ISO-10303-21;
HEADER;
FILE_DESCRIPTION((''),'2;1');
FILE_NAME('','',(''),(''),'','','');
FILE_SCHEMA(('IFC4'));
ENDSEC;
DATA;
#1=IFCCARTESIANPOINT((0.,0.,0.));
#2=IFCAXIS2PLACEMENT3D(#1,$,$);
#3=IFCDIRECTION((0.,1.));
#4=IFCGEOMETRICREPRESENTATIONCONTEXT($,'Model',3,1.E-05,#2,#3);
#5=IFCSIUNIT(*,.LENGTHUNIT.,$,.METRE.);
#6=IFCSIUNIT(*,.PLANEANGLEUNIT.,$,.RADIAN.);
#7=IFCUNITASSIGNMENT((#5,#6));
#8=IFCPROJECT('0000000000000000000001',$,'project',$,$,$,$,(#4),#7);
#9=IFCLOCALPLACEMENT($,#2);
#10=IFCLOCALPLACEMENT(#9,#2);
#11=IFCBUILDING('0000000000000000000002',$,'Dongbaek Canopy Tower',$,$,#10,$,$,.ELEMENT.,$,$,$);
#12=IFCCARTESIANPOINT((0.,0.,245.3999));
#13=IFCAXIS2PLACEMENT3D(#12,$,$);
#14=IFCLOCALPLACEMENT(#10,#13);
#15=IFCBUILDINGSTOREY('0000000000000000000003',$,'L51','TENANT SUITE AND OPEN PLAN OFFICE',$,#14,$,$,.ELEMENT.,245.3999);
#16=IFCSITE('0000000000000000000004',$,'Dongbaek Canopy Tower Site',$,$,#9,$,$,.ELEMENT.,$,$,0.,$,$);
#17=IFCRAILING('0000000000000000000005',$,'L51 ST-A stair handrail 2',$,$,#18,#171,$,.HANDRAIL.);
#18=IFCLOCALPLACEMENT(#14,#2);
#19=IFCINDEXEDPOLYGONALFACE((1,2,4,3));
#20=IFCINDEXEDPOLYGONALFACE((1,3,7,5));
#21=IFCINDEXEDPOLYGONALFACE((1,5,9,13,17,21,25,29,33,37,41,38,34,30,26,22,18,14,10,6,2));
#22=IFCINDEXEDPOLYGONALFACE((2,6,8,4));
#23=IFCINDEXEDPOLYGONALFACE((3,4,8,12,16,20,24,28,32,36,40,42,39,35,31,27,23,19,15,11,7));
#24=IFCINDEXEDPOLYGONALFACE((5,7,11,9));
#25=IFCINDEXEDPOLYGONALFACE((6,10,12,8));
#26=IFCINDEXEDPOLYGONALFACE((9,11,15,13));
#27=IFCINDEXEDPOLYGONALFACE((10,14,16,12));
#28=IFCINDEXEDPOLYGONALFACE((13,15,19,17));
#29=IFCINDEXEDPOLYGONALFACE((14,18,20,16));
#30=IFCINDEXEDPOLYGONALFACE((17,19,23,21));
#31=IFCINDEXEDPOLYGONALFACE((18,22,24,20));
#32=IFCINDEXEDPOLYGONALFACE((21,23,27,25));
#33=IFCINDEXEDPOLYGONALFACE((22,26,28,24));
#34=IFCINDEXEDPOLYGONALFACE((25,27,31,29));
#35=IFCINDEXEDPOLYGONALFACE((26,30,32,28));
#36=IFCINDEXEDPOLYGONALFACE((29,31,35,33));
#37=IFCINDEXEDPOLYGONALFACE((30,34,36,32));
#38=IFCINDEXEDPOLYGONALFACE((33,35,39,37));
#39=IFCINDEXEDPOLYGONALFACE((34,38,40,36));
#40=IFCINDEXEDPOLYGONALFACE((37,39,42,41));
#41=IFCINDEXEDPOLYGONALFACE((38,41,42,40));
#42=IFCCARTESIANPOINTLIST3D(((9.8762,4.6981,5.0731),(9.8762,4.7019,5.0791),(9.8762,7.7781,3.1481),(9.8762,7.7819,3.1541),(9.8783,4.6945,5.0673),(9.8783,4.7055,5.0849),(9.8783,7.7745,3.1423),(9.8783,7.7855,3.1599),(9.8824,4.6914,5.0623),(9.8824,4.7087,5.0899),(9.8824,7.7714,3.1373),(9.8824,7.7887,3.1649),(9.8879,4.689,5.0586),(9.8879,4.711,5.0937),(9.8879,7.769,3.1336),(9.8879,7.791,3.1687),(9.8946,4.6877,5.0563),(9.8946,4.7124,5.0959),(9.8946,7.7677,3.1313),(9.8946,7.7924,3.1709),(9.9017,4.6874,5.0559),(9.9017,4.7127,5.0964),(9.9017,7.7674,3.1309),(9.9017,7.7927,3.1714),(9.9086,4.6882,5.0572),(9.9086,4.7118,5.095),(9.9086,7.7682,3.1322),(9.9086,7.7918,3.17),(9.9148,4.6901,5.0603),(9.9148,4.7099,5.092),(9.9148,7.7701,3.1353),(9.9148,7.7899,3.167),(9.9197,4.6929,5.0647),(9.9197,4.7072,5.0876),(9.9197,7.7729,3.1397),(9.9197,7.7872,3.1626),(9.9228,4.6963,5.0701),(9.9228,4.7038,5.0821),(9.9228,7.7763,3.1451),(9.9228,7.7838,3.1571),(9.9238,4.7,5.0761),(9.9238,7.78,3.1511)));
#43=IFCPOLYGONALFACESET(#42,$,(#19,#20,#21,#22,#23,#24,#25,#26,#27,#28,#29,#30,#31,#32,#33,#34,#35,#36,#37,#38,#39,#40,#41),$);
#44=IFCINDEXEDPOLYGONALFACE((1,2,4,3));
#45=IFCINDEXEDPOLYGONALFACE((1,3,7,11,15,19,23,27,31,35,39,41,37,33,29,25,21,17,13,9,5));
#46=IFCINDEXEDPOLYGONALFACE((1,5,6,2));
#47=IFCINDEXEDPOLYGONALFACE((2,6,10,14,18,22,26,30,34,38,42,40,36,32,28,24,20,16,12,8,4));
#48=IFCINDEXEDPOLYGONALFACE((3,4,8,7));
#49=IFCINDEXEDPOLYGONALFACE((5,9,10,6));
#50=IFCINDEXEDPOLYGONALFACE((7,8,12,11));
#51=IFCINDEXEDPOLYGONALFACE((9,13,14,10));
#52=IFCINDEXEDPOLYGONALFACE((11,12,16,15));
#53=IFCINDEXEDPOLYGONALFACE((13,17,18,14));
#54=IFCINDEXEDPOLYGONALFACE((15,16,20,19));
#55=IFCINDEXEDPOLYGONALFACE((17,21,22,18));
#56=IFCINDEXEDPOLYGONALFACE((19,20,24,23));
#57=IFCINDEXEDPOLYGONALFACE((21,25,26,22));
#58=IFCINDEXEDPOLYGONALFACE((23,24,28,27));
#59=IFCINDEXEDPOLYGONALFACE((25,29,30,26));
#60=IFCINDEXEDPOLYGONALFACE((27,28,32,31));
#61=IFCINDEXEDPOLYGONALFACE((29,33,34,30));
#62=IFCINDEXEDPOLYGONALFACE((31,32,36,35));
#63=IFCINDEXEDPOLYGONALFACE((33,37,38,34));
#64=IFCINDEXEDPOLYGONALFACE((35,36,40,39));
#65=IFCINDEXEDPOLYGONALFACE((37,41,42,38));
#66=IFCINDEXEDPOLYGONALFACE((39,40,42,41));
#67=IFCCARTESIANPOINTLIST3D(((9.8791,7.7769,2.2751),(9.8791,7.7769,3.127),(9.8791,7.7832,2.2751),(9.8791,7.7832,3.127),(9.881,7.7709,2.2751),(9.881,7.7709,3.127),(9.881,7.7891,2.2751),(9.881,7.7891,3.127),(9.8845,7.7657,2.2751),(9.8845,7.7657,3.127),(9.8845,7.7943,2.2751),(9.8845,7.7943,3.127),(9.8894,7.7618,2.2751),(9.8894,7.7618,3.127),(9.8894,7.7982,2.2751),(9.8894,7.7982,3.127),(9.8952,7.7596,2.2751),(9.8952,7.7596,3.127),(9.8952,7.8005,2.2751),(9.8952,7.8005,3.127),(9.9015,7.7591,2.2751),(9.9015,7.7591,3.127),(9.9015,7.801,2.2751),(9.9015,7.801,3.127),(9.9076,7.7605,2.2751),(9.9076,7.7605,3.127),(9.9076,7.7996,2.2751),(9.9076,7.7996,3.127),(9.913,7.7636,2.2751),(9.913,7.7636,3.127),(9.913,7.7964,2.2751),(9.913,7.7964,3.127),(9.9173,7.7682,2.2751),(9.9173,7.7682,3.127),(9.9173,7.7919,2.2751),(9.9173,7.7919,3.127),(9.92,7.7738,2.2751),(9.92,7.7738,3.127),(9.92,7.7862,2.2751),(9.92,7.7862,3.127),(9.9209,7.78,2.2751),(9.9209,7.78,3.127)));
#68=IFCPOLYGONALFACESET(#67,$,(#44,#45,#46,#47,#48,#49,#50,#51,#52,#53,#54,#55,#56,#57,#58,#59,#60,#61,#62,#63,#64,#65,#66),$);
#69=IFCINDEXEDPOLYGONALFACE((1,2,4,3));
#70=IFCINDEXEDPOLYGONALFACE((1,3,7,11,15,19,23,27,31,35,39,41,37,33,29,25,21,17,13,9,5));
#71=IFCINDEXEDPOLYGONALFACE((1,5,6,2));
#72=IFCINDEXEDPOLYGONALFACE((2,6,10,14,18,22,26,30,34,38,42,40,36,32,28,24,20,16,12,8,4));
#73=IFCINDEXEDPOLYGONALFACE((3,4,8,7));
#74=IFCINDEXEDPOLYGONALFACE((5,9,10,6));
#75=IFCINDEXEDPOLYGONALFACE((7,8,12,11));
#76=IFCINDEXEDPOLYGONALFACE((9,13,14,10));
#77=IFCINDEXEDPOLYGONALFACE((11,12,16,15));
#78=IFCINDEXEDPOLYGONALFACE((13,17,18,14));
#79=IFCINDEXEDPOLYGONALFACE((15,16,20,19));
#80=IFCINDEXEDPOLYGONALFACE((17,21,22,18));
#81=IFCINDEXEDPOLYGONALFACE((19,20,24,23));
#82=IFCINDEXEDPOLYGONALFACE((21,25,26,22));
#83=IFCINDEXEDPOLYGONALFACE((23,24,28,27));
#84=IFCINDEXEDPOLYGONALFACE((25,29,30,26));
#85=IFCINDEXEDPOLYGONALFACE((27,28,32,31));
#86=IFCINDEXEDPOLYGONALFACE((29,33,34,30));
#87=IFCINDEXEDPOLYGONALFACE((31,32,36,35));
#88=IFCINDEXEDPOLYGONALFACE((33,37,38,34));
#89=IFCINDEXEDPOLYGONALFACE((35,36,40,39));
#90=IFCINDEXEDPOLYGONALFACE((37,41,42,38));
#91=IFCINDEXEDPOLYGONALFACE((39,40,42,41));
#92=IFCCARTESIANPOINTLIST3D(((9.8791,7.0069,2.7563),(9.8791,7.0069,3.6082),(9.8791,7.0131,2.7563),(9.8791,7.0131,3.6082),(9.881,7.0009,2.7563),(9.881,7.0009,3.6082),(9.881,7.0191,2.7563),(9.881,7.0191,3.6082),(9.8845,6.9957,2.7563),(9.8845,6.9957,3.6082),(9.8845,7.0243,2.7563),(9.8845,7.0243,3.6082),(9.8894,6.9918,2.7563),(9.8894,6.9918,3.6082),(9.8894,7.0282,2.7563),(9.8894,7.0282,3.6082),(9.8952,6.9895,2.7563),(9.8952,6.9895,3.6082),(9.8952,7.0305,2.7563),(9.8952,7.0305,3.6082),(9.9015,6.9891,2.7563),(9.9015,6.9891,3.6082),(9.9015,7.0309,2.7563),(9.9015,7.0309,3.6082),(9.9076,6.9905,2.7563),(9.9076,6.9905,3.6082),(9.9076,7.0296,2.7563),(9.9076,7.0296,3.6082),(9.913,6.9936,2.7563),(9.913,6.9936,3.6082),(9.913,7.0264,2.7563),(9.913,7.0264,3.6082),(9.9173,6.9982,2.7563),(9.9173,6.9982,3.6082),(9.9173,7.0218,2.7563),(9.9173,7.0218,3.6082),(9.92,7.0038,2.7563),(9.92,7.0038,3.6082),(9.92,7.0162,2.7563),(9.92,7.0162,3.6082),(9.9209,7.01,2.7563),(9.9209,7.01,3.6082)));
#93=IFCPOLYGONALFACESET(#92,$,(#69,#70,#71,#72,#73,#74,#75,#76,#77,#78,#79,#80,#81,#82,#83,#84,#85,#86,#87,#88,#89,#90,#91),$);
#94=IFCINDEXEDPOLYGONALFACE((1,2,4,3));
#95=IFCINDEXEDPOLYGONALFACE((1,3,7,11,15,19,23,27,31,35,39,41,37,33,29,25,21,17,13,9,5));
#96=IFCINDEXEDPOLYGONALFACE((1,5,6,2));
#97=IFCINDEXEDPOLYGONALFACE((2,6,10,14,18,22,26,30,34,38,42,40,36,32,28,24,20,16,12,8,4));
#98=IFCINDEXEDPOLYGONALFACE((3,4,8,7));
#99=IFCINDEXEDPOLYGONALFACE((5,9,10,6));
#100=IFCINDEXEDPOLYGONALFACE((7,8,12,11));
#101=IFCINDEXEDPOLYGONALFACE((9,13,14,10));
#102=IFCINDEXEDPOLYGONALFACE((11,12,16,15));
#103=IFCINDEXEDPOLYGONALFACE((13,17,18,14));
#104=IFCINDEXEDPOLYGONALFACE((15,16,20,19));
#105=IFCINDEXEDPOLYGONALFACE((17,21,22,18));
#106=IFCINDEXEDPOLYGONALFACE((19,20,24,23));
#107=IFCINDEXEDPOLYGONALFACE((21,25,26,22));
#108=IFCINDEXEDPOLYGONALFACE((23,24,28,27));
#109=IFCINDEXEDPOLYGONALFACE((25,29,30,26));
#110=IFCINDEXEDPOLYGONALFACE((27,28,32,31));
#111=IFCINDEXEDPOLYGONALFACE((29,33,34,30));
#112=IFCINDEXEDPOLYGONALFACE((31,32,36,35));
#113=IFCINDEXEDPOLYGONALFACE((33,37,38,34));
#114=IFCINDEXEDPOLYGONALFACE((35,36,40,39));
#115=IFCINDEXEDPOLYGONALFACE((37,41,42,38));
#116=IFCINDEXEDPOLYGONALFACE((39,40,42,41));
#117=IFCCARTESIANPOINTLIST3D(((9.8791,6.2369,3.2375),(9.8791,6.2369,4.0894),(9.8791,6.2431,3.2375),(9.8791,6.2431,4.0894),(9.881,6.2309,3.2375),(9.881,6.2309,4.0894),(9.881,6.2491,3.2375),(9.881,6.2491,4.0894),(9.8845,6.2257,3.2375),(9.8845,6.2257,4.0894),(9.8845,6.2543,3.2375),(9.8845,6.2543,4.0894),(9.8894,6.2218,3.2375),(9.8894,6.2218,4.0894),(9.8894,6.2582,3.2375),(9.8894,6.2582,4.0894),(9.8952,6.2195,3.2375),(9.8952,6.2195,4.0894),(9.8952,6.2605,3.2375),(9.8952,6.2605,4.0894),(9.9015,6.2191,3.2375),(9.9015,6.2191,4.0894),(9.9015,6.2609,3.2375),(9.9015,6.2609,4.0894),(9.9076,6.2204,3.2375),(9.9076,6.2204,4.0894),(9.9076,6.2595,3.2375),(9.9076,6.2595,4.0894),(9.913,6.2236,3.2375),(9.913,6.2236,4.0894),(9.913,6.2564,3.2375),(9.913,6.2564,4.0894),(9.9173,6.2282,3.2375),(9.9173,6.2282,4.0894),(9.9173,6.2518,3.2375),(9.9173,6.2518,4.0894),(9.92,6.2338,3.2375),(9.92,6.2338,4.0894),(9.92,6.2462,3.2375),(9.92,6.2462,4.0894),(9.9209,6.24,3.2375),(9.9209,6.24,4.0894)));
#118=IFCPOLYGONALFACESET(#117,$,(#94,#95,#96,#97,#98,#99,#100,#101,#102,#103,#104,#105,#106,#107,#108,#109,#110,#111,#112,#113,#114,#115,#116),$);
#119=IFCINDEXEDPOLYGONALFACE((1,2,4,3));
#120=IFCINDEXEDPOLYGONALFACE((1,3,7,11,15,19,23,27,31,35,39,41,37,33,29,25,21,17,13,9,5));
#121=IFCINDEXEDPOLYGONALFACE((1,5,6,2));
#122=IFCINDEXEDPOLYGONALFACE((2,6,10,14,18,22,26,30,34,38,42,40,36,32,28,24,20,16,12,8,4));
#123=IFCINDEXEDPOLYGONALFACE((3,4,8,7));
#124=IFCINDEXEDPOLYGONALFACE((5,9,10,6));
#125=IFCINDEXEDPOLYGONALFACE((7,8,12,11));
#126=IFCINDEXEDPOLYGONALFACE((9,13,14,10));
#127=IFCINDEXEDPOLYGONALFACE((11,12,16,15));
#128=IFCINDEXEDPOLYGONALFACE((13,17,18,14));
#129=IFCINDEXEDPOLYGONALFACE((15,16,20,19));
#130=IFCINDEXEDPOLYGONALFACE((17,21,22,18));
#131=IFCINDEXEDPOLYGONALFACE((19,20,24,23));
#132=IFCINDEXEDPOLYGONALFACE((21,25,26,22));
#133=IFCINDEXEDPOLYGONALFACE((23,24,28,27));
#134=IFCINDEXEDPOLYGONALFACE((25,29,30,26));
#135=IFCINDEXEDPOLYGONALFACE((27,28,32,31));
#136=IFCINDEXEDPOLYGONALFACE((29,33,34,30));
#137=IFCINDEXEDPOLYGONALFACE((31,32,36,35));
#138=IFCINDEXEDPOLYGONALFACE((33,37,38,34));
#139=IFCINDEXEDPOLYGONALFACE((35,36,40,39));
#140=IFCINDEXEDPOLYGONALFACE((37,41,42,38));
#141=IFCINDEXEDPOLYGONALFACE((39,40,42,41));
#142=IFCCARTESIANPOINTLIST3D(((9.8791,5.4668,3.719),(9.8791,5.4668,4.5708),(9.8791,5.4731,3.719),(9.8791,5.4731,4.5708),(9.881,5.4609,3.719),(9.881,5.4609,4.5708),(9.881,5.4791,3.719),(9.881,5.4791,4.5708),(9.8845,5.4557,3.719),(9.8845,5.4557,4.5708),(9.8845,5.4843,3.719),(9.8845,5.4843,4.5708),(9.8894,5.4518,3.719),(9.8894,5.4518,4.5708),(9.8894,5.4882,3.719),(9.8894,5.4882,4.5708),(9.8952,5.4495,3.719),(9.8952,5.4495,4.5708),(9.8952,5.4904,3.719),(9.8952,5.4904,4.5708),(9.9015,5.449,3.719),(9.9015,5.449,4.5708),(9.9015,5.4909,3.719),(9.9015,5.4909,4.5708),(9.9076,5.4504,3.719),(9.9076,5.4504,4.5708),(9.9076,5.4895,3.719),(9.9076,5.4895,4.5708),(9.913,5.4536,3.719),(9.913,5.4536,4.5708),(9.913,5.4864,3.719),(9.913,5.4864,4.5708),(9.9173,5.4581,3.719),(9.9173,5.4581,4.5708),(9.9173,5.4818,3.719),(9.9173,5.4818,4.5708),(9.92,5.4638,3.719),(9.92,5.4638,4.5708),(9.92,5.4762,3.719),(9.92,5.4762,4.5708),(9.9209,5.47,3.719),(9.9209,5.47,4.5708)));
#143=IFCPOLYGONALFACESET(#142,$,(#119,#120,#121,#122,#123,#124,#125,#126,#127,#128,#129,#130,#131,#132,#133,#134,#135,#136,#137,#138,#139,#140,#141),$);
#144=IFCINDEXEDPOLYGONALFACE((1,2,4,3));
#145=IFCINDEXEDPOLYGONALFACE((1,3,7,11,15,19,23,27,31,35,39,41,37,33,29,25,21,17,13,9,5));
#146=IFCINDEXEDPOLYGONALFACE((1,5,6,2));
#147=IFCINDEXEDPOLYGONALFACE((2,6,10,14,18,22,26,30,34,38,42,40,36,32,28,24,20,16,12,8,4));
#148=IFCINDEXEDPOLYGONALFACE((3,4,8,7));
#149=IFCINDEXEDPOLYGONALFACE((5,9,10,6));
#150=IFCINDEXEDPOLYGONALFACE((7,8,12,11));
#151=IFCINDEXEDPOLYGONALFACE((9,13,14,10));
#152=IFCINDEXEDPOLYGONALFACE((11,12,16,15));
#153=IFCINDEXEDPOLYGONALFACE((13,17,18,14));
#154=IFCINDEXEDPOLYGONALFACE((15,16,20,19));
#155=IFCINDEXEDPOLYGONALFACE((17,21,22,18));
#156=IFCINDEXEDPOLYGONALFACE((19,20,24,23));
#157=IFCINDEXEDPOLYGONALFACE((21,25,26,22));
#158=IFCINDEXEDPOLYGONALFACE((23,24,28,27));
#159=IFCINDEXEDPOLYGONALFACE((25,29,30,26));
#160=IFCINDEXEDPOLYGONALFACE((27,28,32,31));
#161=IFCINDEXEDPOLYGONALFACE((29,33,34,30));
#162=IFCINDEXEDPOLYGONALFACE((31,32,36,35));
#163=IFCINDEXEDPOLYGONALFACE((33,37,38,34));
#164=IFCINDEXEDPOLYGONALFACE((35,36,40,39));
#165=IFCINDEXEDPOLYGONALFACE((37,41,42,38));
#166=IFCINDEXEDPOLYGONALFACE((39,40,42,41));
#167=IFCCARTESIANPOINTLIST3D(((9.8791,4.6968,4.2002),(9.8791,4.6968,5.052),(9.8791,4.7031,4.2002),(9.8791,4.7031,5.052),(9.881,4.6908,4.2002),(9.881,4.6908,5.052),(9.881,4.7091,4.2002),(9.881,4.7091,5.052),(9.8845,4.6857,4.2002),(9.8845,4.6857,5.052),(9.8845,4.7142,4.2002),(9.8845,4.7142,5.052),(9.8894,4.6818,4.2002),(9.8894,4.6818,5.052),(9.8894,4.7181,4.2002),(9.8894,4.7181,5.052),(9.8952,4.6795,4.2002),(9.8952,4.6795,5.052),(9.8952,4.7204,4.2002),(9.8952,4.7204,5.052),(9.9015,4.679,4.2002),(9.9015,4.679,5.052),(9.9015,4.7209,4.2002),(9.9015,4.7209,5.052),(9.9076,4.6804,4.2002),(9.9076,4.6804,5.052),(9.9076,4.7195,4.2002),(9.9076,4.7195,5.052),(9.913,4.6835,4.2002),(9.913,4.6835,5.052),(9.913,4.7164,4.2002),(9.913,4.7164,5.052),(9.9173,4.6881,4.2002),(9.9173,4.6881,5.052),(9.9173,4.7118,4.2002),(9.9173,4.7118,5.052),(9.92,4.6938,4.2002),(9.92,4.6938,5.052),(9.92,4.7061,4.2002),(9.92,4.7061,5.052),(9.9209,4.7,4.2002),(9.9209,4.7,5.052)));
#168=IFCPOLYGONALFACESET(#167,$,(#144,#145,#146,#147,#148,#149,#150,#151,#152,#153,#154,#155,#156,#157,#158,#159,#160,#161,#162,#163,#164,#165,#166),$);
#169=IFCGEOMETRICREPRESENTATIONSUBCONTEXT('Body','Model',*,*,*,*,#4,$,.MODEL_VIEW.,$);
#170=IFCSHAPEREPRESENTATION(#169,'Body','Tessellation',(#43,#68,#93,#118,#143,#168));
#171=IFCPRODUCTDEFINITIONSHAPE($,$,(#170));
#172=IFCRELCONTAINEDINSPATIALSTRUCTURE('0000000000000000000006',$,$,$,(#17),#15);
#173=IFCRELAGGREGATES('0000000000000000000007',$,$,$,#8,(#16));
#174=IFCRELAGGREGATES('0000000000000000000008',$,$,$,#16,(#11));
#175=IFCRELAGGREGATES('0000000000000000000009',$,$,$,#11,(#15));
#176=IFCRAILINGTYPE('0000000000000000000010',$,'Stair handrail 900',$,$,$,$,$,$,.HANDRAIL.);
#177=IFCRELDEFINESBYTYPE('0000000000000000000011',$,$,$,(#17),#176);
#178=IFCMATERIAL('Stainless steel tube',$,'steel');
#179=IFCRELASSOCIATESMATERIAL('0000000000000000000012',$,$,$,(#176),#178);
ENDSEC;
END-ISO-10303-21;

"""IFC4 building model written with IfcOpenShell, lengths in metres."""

from ifc_helpers import new_model, si_unit, direction, frame, origin, origin_2d, place, context, subcontext, project, spatial, circle, extrude, material, type_object, element, save


model = new_model("IFC4")

# Units and contexts
model_context = context("Model", 3, precision=1e-05, world=origin(), true_north=direction((0.0, 1.0)))
body_context = subcontext(model_context, "Body", "Model", "MODEL_VIEW")
ifc_project = project(units=[si_unit("LENGTHUNIT", "METRE"), si_unit("PLANEANGLEUNIT", "RADIAN")], contexts=[model_context])

# Site, building, storey
site_placement = place(None, origin())
site = spatial("IfcSite", under=ifc_project, at=site_placement, Name="Dongbaek Canopy Tower Site", CompositionType="ELEMENT", RefElevation=0.0)
building_placement = place(site_placement, origin())
building = spatial("IfcBuilding", under=site, at=building_placement, Name="Dongbaek Canopy Tower", CompositionType="ELEMENT")
storey_placement = place(building_placement, frame((0.0, 0.0, 245.3999)))
storey = spatial("IfcBuildingStorey", under=building, at=storey_placement, Name="L51", Description="TENANT SUITE AND OPEN PLAN OFFICE", CompositionType="ELEMENT", Elevation=245.3999)

# Railing
ifc_material_1 = material(Name="Stainless steel tube", Category="steel")
railing_type_1 = type_object("IfcRailingType", Name="Stair handrail 900", PredefinedType="HANDRAIL", material=ifc_material_1)
railing_1_placement = place(storey_placement, frame((9.8999, 7.78, 2.2751)))
element("IfcRailing", 1, at=railing_1_placement, inside=storey, type_object=railing_type_1, Name="L51 ST-A stair handrail 2", PredefinedType="HANDRAIL", context=body_context, shape_type="SweptSolid", body=[
    extrude(circle(Radius=0.0239, at=origin_2d()), frame((0.0, 0.0, 0.876), z_axis=(0.0, -0.847998, 0.529999), x_axis=(1.0, 0.0, 0.0)), (0.0, 0.0, 1.0), 3.6321),
    extrude(circle(Radius=0.021, at=origin_2d()), origin(), (0.0, 0.0, 1.0), 0.8518),
    extrude(circle(Radius=0.021, at=origin_2d()), frame((0.0, -0.77, 0.4812)), (0.0, 0.0, 1.0), 0.8518),
    extrude(circle(Radius=0.021, at=origin_2d()), frame((0.0, -1.54, 0.9624)), (0.0, 0.0, 1.0), 0.8518),
    extrude(circle(Radius=0.021, at=origin_2d()), frame((0.0, -2.3101, 1.4438)), (0.0, 0.0, 1.0), 0.8518),
    extrude(circle(Radius=0.021, at=origin_2d()), frame((0.0, -3.0801, 1.925)), (0.0, 0.0, 1.0), 0.8518),
])

save(model, "model.ifc")
